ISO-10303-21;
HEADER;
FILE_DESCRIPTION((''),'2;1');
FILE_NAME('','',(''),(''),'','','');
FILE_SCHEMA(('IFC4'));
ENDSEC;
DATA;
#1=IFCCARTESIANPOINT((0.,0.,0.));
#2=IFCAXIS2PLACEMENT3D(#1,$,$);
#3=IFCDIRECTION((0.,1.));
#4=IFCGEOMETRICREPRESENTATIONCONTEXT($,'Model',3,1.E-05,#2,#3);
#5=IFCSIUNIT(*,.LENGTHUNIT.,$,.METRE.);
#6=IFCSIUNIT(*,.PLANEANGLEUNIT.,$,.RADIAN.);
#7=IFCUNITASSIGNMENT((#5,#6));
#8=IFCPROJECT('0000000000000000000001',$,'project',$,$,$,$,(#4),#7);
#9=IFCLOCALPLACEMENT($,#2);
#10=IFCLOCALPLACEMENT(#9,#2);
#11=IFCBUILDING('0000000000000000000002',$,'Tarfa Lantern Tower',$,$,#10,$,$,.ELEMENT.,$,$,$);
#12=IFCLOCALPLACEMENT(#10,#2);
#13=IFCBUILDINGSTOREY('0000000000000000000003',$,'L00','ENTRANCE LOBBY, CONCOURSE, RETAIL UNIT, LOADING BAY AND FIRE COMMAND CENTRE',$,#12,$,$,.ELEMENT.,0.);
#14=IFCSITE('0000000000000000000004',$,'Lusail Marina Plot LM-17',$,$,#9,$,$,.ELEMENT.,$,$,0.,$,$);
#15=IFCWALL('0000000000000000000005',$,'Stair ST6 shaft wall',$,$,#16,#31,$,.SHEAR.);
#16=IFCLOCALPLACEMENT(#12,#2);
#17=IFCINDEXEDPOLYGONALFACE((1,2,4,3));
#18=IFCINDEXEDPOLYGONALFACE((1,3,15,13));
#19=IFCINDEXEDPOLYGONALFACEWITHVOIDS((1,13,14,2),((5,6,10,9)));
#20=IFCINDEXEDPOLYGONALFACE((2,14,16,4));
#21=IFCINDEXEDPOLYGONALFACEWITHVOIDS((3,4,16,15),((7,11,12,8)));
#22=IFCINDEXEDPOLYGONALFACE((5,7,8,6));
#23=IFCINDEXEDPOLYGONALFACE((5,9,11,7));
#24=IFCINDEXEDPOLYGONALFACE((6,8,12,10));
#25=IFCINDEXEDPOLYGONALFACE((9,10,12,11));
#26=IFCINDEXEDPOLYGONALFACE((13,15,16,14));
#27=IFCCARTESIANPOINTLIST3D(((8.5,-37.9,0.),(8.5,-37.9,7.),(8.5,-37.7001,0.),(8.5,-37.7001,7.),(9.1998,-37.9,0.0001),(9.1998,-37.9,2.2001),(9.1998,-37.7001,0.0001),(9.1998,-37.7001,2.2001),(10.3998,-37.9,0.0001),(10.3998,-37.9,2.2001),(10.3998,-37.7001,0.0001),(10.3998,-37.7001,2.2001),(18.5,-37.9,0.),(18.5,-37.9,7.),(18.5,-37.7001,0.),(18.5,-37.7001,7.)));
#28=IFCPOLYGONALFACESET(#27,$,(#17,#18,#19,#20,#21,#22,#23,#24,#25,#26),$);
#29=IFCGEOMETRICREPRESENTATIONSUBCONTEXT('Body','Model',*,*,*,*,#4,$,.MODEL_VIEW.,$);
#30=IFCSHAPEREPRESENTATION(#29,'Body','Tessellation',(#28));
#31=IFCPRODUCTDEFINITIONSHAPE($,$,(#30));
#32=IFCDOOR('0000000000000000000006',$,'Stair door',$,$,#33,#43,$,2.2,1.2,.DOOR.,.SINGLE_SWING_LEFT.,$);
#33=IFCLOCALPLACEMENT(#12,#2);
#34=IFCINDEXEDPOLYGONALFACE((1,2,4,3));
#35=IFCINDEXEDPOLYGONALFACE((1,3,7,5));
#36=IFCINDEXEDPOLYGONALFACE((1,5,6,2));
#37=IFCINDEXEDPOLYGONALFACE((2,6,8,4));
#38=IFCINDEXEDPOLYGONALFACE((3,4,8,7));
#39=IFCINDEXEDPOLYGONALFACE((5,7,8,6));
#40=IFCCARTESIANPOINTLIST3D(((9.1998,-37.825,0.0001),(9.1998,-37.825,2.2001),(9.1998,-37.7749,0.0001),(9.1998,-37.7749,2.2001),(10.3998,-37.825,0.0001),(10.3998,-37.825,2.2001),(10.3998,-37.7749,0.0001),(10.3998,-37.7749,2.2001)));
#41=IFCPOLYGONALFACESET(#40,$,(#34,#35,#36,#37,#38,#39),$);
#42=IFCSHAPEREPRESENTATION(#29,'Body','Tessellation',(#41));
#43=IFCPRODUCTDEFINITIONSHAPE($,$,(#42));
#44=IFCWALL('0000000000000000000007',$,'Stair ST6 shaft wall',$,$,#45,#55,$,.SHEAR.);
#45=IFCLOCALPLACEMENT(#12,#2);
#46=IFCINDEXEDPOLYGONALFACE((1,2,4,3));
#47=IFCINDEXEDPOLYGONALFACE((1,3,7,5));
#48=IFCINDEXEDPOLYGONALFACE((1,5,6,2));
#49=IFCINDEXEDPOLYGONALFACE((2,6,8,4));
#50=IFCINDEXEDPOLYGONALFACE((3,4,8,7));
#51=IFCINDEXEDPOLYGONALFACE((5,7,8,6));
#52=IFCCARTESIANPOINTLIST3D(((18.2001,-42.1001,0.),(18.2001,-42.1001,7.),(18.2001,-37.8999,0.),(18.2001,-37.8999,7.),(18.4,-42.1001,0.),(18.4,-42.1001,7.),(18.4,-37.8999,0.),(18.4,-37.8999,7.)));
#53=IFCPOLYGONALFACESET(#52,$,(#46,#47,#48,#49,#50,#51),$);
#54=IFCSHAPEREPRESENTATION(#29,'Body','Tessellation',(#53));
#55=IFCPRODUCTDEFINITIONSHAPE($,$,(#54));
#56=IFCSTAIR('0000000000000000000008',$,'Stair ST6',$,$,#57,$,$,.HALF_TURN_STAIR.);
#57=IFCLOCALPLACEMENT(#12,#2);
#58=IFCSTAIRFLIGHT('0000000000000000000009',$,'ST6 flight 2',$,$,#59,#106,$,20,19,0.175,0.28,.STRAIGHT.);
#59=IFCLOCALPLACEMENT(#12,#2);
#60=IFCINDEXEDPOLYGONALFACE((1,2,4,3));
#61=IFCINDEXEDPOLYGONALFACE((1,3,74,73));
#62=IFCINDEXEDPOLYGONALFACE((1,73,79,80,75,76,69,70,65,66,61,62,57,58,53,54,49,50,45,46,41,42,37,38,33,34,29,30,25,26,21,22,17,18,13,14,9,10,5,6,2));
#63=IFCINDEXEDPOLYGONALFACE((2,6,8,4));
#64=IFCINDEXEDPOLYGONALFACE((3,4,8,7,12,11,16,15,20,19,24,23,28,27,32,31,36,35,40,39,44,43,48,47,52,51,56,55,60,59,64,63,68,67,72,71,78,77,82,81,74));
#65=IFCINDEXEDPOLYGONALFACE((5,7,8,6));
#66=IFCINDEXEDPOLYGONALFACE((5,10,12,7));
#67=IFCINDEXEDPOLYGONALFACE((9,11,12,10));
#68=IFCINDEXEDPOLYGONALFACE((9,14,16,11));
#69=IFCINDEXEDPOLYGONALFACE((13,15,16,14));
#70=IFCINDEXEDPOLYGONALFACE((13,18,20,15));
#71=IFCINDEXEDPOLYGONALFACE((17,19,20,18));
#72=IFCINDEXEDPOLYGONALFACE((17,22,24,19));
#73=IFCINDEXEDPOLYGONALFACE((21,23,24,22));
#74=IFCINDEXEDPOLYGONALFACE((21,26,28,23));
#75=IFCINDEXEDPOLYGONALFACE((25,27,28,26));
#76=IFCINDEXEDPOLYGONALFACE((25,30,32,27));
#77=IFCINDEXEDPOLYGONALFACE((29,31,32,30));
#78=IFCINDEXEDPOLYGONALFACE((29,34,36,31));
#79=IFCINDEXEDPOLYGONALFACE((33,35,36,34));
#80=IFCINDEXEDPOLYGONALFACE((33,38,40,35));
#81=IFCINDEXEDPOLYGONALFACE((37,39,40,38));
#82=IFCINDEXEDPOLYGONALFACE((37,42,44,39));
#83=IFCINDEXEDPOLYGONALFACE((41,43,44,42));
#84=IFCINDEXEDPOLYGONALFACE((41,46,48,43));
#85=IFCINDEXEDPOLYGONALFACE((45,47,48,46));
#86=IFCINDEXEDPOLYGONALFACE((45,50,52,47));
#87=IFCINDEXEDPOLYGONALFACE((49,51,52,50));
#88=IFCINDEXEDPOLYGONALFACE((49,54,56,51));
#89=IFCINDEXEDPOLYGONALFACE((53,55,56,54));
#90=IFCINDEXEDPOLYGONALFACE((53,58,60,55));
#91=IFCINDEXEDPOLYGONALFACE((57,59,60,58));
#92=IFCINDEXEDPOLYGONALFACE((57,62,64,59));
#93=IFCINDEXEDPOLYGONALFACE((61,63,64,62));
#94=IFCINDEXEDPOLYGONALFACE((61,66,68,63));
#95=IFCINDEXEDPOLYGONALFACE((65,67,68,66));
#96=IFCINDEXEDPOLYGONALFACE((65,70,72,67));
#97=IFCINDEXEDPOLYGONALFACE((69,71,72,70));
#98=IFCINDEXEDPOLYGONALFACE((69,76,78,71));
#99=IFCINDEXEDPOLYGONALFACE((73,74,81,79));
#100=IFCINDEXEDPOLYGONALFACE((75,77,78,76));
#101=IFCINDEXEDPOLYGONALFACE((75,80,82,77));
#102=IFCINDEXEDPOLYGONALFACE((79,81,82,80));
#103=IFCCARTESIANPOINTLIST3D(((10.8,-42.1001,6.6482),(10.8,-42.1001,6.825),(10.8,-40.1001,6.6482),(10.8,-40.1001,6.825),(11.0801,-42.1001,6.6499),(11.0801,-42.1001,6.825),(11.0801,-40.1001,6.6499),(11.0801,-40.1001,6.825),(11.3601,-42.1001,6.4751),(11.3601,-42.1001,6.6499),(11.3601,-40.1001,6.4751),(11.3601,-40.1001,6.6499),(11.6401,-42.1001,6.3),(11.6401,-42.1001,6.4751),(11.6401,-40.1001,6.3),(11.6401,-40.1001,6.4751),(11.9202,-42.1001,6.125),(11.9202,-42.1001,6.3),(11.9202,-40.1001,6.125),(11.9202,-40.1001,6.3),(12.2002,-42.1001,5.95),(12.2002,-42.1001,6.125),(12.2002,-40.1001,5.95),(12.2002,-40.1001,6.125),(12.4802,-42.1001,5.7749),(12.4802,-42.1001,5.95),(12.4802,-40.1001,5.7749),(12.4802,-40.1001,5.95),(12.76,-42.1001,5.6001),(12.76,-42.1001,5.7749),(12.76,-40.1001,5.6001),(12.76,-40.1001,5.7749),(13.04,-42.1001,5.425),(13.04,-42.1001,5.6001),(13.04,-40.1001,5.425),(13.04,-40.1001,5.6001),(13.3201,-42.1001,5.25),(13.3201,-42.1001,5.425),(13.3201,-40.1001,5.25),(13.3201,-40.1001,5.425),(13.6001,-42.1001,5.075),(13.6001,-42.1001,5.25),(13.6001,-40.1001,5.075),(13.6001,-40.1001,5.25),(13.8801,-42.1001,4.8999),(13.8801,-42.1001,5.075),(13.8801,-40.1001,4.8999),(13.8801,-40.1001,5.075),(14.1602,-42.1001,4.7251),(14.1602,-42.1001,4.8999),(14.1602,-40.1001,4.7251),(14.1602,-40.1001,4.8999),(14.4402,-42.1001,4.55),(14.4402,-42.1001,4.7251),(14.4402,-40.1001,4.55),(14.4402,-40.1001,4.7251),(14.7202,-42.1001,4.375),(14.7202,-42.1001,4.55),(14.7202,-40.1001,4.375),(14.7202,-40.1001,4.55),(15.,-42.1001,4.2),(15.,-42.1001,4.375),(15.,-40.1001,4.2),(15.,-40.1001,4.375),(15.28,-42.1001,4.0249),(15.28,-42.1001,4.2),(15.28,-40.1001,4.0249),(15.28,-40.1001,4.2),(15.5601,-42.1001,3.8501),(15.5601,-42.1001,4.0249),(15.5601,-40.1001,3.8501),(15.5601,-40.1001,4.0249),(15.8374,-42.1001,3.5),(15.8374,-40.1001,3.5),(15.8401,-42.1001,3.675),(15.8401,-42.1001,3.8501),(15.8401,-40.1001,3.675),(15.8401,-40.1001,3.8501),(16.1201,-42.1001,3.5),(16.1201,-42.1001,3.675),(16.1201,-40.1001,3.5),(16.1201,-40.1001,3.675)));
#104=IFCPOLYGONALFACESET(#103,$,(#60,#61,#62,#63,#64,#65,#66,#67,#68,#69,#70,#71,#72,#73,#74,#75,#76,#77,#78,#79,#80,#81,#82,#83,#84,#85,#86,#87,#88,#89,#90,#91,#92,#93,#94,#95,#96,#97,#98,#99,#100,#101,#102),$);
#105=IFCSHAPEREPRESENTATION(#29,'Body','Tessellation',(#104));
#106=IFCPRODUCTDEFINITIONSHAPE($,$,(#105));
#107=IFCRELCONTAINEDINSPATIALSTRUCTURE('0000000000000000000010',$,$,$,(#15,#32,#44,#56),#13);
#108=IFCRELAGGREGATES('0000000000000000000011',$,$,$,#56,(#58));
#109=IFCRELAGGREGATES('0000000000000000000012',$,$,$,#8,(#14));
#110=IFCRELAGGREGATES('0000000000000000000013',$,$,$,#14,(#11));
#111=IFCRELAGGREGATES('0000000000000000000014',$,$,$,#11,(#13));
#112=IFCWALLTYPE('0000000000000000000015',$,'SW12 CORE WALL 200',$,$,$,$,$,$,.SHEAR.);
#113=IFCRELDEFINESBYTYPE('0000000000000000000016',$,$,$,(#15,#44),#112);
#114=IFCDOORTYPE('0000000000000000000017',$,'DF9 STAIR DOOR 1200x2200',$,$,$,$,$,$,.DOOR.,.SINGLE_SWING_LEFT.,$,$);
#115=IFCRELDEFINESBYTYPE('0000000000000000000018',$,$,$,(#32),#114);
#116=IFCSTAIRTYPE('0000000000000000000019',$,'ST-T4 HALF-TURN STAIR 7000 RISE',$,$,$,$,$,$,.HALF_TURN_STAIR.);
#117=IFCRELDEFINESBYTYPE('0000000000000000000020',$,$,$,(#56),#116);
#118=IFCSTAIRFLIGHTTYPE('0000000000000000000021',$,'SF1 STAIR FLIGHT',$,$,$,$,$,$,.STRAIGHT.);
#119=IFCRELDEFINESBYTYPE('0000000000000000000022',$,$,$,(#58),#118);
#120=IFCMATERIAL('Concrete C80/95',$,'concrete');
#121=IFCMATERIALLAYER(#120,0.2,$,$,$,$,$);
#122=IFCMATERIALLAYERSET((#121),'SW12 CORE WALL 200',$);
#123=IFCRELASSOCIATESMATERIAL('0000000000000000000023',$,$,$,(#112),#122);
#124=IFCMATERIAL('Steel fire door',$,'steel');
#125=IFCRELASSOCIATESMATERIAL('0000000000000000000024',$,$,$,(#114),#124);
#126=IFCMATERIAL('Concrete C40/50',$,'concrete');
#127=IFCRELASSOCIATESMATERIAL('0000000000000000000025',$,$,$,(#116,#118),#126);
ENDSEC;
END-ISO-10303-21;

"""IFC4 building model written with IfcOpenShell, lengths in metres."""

from ifc_helpers import new_model, si_unit, direction, frame, frame_2d, origin, place, context, subcontext, project, spatial, polyline, rectangle, outline, extrude, material, layer, layer_set, type_object, element, fill, aggregate, save


model = new_model("IFC4")

# Units and contexts
model_context = context("Model", 3, precision=1e-05, world=origin(), true_north=direction((0.0, 1.0)))
body_context = subcontext(model_context, "Body", "Model", "MODEL_VIEW")
ifc_project = project(units=[si_unit("LENGTHUNIT", "METRE"), si_unit("PLANEANGLEUNIT", "RADIAN")], contexts=[model_context])

# Site, building, storey
site_placement = place(None, origin())
site = spatial("IfcSite", under=ifc_project, at=site_placement, Name="Lusail Marina Plot LM-17", CompositionType="ELEMENT", RefElevation=0.0)
building_placement = place(site_placement, origin())
building = spatial("IfcBuilding", under=site, at=building_placement, Name="Tarfa Lantern Tower", CompositionType="ELEMENT")
storey_placement = place(building_placement, origin())
storey = spatial("IfcBuildingStorey", under=building, at=storey_placement, Name="L00", Description="ENTRANCE LOBBY, CONCOURSE, RETAIL UNIT, LOADING BAY AND FIRE COMMAND CENTRE", CompositionType="ELEMENT", Elevation=0.0)

# Shared definitions
ifc_material_1 = material(Name="Concrete C80/95", Category="concrete")

# Wall, opening, door
ifc_layer_1 = layer(ifc_material_1, 0.2)
ifc_layer_set_1 = layer_set([ifc_layer_1], Name="SW12 CORE WALL 200")
wall_type_1 = type_object("IfcWallType", Name="SW12 CORE WALL 200", PredefinedType="SHEAR", material=ifc_layer_set_1)
wall_1_placement = place(storey_placement, frame((18.5, -37.8, 0.0), z_axis=(0.0, 0.0, 1.0), x_axis=(-1.0, 0.0, 0.0)))
wall_1 = element("IfcWall", 1, at=wall_1_placement, inside=storey, type_object=wall_type_1, Name="Stair ST6 shaft wall", PredefinedType="SHEAR", context=body_context, shape_type="SweptSolid", body=[
    extrude(rectangle(XDim=10.0, YDim=0.2, at=frame_2d((5.0, 0.0))), origin(), (0.0, 0.0, 1.0), 7.0),
])
opening_1_placement = place(wall_1_placement, frame((8.1001, 0.0, 0.0)))
opening_1 = element("IfcOpeningElement", 2, at=opening_1_placement, cuts=wall_1, PredefinedType="OPENING", context=body_context, shape_type="SweptSolid", body=[
    extrude(rectangle(XDim=1.2, YDim=2.2, at=frame_2d((0.6001, 1.1001))), frame((0.0, 0.1099, 0.0), z_axis=(0.0, -1.0, 0.0), x_axis=(1.0, 0.0, 0.0)), (0.0, 0.0, 1.0), 0.22),
])
ifc_material_2 = material(Name="Steel fire door", Category="steel")
door_type_1 = type_object("IfcDoorType", Name="DF9 STAIR DOOR 1200x2200", OperationType="SINGLE_SWING_LEFT", PredefinedType="DOOR", material=ifc_material_2)
door_1_placement = place(opening_1_placement, origin())
door_1 = element("IfcDoor", 3, at=door_1_placement, inside=storey, type_object=door_type_1, Name="Stair door", OperationType="SINGLE_SWING_LEFT", OverallHeight=2.2, OverallWidth=1.2, PredefinedType="DOOR", context=body_context, shape_type="SweptSolid", body=[
    extrude(rectangle(XDim=1.2, YDim=2.2, at=frame_2d((0.6001, 1.1001))), frame((0.0, 0.0249, 0.0), z_axis=(0.0, -1.0, 0.0), x_axis=(1.0, 0.0, 0.0)), (0.0, 0.0, 1.0), 0.05),
])
fill(opening_1, door_1)

# Wall
wall_2_placement = place(storey_placement, frame((18.3, -42.1001, 0.0), z_axis=(0.0, 0.0, 1.0), x_axis=(0.0, 1.0, 0.0)))
element("IfcWall", 4, at=wall_2_placement, inside=storey, type_object=wall_type_1, Name="Stair ST6 shaft wall", PredefinedType="SHEAR", context=body_context, shape_type="SweptSolid", body=[
    extrude(rectangle(XDim=4.2002, YDim=0.2, at=frame_2d((2.1001, 0.0))), origin(), (0.0, 0.0, 1.0), 7.0),
])

# Stair, stair flight
ifc_material_3 = material(Name="Concrete C40/50", Category="concrete")
stair_type = type_object("IfcStairType", Name="ST-T4 HALF-TURN STAIR 7000 RISE", PredefinedType="HALF_TURN_STAIR", material=ifc_material_3)
stair_placement = place(storey_placement, origin())
stair = element("IfcStair", 5, at=stair_placement, inside=storey, type_object=stair_type, Name="Stair ST6", PredefinedType="HALF_TURN_STAIR")
stair_flight_type = type_object("IfcStairFlightType", Name="SF1 STAIR FLIGHT", PredefinedType="STRAIGHT", material=ifc_material_3)
stair_flight_placement = place(storey_placement, frame((16.1201, -41.1001, 3.5), z_axis=(0.0, 0.0, 1.0), x_axis=(-1.0, 0.0, 0.0)))
stair_flight = element("IfcStairFlight", 6, at=stair_flight_placement, type_object=stair_flight_type, Name="ST6 flight 2", NumberOfRisers=20, NumberOfTreads=19, PredefinedType="STRAIGHT", RiserHeight=0.175, TreadLength=0.28, context=body_context, shape_type="SweptSolid", body=[
    extrude(outline(polyline([(0.0, 0.0), (0.0, 0.175), (0.28, 0.175), (0.28, 0.3501), (0.5601, 0.3501), (0.5601, 0.5249), (0.8401, 0.5249), (0.8401, 0.7), (1.1201, 0.7), (1.1201, 0.875), (1.3999, 0.875), (1.3999, 1.05), (1.6799, 1.05), (1.6799, 1.2251), (1.96, 1.2251), (1.96, 1.3999), (2.24, 1.3999), (2.24, 1.575), (2.52, 1.575), (2.52, 1.75), (2.8, 1.75), (2.8, 1.925), (3.0801, 1.925), (3.0801, 2.1001), (3.3601, 2.1001), (3.3601, 2.2749), (3.6399, 2.2749), (3.6399, 2.45), (3.9199, 2.45), (3.9199, 2.625), (4.2, 2.625), (4.2, 2.8), (4.48, 2.8), (4.48, 2.9751), (4.76, 2.9751), (4.76, 3.1499), (5.04, 3.1499), (5.04, 3.325), (5.3201, 3.325), (5.3201, 3.5), (5.3201, 3.1482), (0.2827, 0.0), (0.0, 0.0)])), frame((0.0, 1.0, 0.0), z_axis=(0.0, -1.0, 0.0), x_axis=(1.0, 0.0, 0.0)), (0.0, 0.0, 1.0), 2.0),
])
aggregate(stair, [stair_flight])

save(model, "model.ifc")
